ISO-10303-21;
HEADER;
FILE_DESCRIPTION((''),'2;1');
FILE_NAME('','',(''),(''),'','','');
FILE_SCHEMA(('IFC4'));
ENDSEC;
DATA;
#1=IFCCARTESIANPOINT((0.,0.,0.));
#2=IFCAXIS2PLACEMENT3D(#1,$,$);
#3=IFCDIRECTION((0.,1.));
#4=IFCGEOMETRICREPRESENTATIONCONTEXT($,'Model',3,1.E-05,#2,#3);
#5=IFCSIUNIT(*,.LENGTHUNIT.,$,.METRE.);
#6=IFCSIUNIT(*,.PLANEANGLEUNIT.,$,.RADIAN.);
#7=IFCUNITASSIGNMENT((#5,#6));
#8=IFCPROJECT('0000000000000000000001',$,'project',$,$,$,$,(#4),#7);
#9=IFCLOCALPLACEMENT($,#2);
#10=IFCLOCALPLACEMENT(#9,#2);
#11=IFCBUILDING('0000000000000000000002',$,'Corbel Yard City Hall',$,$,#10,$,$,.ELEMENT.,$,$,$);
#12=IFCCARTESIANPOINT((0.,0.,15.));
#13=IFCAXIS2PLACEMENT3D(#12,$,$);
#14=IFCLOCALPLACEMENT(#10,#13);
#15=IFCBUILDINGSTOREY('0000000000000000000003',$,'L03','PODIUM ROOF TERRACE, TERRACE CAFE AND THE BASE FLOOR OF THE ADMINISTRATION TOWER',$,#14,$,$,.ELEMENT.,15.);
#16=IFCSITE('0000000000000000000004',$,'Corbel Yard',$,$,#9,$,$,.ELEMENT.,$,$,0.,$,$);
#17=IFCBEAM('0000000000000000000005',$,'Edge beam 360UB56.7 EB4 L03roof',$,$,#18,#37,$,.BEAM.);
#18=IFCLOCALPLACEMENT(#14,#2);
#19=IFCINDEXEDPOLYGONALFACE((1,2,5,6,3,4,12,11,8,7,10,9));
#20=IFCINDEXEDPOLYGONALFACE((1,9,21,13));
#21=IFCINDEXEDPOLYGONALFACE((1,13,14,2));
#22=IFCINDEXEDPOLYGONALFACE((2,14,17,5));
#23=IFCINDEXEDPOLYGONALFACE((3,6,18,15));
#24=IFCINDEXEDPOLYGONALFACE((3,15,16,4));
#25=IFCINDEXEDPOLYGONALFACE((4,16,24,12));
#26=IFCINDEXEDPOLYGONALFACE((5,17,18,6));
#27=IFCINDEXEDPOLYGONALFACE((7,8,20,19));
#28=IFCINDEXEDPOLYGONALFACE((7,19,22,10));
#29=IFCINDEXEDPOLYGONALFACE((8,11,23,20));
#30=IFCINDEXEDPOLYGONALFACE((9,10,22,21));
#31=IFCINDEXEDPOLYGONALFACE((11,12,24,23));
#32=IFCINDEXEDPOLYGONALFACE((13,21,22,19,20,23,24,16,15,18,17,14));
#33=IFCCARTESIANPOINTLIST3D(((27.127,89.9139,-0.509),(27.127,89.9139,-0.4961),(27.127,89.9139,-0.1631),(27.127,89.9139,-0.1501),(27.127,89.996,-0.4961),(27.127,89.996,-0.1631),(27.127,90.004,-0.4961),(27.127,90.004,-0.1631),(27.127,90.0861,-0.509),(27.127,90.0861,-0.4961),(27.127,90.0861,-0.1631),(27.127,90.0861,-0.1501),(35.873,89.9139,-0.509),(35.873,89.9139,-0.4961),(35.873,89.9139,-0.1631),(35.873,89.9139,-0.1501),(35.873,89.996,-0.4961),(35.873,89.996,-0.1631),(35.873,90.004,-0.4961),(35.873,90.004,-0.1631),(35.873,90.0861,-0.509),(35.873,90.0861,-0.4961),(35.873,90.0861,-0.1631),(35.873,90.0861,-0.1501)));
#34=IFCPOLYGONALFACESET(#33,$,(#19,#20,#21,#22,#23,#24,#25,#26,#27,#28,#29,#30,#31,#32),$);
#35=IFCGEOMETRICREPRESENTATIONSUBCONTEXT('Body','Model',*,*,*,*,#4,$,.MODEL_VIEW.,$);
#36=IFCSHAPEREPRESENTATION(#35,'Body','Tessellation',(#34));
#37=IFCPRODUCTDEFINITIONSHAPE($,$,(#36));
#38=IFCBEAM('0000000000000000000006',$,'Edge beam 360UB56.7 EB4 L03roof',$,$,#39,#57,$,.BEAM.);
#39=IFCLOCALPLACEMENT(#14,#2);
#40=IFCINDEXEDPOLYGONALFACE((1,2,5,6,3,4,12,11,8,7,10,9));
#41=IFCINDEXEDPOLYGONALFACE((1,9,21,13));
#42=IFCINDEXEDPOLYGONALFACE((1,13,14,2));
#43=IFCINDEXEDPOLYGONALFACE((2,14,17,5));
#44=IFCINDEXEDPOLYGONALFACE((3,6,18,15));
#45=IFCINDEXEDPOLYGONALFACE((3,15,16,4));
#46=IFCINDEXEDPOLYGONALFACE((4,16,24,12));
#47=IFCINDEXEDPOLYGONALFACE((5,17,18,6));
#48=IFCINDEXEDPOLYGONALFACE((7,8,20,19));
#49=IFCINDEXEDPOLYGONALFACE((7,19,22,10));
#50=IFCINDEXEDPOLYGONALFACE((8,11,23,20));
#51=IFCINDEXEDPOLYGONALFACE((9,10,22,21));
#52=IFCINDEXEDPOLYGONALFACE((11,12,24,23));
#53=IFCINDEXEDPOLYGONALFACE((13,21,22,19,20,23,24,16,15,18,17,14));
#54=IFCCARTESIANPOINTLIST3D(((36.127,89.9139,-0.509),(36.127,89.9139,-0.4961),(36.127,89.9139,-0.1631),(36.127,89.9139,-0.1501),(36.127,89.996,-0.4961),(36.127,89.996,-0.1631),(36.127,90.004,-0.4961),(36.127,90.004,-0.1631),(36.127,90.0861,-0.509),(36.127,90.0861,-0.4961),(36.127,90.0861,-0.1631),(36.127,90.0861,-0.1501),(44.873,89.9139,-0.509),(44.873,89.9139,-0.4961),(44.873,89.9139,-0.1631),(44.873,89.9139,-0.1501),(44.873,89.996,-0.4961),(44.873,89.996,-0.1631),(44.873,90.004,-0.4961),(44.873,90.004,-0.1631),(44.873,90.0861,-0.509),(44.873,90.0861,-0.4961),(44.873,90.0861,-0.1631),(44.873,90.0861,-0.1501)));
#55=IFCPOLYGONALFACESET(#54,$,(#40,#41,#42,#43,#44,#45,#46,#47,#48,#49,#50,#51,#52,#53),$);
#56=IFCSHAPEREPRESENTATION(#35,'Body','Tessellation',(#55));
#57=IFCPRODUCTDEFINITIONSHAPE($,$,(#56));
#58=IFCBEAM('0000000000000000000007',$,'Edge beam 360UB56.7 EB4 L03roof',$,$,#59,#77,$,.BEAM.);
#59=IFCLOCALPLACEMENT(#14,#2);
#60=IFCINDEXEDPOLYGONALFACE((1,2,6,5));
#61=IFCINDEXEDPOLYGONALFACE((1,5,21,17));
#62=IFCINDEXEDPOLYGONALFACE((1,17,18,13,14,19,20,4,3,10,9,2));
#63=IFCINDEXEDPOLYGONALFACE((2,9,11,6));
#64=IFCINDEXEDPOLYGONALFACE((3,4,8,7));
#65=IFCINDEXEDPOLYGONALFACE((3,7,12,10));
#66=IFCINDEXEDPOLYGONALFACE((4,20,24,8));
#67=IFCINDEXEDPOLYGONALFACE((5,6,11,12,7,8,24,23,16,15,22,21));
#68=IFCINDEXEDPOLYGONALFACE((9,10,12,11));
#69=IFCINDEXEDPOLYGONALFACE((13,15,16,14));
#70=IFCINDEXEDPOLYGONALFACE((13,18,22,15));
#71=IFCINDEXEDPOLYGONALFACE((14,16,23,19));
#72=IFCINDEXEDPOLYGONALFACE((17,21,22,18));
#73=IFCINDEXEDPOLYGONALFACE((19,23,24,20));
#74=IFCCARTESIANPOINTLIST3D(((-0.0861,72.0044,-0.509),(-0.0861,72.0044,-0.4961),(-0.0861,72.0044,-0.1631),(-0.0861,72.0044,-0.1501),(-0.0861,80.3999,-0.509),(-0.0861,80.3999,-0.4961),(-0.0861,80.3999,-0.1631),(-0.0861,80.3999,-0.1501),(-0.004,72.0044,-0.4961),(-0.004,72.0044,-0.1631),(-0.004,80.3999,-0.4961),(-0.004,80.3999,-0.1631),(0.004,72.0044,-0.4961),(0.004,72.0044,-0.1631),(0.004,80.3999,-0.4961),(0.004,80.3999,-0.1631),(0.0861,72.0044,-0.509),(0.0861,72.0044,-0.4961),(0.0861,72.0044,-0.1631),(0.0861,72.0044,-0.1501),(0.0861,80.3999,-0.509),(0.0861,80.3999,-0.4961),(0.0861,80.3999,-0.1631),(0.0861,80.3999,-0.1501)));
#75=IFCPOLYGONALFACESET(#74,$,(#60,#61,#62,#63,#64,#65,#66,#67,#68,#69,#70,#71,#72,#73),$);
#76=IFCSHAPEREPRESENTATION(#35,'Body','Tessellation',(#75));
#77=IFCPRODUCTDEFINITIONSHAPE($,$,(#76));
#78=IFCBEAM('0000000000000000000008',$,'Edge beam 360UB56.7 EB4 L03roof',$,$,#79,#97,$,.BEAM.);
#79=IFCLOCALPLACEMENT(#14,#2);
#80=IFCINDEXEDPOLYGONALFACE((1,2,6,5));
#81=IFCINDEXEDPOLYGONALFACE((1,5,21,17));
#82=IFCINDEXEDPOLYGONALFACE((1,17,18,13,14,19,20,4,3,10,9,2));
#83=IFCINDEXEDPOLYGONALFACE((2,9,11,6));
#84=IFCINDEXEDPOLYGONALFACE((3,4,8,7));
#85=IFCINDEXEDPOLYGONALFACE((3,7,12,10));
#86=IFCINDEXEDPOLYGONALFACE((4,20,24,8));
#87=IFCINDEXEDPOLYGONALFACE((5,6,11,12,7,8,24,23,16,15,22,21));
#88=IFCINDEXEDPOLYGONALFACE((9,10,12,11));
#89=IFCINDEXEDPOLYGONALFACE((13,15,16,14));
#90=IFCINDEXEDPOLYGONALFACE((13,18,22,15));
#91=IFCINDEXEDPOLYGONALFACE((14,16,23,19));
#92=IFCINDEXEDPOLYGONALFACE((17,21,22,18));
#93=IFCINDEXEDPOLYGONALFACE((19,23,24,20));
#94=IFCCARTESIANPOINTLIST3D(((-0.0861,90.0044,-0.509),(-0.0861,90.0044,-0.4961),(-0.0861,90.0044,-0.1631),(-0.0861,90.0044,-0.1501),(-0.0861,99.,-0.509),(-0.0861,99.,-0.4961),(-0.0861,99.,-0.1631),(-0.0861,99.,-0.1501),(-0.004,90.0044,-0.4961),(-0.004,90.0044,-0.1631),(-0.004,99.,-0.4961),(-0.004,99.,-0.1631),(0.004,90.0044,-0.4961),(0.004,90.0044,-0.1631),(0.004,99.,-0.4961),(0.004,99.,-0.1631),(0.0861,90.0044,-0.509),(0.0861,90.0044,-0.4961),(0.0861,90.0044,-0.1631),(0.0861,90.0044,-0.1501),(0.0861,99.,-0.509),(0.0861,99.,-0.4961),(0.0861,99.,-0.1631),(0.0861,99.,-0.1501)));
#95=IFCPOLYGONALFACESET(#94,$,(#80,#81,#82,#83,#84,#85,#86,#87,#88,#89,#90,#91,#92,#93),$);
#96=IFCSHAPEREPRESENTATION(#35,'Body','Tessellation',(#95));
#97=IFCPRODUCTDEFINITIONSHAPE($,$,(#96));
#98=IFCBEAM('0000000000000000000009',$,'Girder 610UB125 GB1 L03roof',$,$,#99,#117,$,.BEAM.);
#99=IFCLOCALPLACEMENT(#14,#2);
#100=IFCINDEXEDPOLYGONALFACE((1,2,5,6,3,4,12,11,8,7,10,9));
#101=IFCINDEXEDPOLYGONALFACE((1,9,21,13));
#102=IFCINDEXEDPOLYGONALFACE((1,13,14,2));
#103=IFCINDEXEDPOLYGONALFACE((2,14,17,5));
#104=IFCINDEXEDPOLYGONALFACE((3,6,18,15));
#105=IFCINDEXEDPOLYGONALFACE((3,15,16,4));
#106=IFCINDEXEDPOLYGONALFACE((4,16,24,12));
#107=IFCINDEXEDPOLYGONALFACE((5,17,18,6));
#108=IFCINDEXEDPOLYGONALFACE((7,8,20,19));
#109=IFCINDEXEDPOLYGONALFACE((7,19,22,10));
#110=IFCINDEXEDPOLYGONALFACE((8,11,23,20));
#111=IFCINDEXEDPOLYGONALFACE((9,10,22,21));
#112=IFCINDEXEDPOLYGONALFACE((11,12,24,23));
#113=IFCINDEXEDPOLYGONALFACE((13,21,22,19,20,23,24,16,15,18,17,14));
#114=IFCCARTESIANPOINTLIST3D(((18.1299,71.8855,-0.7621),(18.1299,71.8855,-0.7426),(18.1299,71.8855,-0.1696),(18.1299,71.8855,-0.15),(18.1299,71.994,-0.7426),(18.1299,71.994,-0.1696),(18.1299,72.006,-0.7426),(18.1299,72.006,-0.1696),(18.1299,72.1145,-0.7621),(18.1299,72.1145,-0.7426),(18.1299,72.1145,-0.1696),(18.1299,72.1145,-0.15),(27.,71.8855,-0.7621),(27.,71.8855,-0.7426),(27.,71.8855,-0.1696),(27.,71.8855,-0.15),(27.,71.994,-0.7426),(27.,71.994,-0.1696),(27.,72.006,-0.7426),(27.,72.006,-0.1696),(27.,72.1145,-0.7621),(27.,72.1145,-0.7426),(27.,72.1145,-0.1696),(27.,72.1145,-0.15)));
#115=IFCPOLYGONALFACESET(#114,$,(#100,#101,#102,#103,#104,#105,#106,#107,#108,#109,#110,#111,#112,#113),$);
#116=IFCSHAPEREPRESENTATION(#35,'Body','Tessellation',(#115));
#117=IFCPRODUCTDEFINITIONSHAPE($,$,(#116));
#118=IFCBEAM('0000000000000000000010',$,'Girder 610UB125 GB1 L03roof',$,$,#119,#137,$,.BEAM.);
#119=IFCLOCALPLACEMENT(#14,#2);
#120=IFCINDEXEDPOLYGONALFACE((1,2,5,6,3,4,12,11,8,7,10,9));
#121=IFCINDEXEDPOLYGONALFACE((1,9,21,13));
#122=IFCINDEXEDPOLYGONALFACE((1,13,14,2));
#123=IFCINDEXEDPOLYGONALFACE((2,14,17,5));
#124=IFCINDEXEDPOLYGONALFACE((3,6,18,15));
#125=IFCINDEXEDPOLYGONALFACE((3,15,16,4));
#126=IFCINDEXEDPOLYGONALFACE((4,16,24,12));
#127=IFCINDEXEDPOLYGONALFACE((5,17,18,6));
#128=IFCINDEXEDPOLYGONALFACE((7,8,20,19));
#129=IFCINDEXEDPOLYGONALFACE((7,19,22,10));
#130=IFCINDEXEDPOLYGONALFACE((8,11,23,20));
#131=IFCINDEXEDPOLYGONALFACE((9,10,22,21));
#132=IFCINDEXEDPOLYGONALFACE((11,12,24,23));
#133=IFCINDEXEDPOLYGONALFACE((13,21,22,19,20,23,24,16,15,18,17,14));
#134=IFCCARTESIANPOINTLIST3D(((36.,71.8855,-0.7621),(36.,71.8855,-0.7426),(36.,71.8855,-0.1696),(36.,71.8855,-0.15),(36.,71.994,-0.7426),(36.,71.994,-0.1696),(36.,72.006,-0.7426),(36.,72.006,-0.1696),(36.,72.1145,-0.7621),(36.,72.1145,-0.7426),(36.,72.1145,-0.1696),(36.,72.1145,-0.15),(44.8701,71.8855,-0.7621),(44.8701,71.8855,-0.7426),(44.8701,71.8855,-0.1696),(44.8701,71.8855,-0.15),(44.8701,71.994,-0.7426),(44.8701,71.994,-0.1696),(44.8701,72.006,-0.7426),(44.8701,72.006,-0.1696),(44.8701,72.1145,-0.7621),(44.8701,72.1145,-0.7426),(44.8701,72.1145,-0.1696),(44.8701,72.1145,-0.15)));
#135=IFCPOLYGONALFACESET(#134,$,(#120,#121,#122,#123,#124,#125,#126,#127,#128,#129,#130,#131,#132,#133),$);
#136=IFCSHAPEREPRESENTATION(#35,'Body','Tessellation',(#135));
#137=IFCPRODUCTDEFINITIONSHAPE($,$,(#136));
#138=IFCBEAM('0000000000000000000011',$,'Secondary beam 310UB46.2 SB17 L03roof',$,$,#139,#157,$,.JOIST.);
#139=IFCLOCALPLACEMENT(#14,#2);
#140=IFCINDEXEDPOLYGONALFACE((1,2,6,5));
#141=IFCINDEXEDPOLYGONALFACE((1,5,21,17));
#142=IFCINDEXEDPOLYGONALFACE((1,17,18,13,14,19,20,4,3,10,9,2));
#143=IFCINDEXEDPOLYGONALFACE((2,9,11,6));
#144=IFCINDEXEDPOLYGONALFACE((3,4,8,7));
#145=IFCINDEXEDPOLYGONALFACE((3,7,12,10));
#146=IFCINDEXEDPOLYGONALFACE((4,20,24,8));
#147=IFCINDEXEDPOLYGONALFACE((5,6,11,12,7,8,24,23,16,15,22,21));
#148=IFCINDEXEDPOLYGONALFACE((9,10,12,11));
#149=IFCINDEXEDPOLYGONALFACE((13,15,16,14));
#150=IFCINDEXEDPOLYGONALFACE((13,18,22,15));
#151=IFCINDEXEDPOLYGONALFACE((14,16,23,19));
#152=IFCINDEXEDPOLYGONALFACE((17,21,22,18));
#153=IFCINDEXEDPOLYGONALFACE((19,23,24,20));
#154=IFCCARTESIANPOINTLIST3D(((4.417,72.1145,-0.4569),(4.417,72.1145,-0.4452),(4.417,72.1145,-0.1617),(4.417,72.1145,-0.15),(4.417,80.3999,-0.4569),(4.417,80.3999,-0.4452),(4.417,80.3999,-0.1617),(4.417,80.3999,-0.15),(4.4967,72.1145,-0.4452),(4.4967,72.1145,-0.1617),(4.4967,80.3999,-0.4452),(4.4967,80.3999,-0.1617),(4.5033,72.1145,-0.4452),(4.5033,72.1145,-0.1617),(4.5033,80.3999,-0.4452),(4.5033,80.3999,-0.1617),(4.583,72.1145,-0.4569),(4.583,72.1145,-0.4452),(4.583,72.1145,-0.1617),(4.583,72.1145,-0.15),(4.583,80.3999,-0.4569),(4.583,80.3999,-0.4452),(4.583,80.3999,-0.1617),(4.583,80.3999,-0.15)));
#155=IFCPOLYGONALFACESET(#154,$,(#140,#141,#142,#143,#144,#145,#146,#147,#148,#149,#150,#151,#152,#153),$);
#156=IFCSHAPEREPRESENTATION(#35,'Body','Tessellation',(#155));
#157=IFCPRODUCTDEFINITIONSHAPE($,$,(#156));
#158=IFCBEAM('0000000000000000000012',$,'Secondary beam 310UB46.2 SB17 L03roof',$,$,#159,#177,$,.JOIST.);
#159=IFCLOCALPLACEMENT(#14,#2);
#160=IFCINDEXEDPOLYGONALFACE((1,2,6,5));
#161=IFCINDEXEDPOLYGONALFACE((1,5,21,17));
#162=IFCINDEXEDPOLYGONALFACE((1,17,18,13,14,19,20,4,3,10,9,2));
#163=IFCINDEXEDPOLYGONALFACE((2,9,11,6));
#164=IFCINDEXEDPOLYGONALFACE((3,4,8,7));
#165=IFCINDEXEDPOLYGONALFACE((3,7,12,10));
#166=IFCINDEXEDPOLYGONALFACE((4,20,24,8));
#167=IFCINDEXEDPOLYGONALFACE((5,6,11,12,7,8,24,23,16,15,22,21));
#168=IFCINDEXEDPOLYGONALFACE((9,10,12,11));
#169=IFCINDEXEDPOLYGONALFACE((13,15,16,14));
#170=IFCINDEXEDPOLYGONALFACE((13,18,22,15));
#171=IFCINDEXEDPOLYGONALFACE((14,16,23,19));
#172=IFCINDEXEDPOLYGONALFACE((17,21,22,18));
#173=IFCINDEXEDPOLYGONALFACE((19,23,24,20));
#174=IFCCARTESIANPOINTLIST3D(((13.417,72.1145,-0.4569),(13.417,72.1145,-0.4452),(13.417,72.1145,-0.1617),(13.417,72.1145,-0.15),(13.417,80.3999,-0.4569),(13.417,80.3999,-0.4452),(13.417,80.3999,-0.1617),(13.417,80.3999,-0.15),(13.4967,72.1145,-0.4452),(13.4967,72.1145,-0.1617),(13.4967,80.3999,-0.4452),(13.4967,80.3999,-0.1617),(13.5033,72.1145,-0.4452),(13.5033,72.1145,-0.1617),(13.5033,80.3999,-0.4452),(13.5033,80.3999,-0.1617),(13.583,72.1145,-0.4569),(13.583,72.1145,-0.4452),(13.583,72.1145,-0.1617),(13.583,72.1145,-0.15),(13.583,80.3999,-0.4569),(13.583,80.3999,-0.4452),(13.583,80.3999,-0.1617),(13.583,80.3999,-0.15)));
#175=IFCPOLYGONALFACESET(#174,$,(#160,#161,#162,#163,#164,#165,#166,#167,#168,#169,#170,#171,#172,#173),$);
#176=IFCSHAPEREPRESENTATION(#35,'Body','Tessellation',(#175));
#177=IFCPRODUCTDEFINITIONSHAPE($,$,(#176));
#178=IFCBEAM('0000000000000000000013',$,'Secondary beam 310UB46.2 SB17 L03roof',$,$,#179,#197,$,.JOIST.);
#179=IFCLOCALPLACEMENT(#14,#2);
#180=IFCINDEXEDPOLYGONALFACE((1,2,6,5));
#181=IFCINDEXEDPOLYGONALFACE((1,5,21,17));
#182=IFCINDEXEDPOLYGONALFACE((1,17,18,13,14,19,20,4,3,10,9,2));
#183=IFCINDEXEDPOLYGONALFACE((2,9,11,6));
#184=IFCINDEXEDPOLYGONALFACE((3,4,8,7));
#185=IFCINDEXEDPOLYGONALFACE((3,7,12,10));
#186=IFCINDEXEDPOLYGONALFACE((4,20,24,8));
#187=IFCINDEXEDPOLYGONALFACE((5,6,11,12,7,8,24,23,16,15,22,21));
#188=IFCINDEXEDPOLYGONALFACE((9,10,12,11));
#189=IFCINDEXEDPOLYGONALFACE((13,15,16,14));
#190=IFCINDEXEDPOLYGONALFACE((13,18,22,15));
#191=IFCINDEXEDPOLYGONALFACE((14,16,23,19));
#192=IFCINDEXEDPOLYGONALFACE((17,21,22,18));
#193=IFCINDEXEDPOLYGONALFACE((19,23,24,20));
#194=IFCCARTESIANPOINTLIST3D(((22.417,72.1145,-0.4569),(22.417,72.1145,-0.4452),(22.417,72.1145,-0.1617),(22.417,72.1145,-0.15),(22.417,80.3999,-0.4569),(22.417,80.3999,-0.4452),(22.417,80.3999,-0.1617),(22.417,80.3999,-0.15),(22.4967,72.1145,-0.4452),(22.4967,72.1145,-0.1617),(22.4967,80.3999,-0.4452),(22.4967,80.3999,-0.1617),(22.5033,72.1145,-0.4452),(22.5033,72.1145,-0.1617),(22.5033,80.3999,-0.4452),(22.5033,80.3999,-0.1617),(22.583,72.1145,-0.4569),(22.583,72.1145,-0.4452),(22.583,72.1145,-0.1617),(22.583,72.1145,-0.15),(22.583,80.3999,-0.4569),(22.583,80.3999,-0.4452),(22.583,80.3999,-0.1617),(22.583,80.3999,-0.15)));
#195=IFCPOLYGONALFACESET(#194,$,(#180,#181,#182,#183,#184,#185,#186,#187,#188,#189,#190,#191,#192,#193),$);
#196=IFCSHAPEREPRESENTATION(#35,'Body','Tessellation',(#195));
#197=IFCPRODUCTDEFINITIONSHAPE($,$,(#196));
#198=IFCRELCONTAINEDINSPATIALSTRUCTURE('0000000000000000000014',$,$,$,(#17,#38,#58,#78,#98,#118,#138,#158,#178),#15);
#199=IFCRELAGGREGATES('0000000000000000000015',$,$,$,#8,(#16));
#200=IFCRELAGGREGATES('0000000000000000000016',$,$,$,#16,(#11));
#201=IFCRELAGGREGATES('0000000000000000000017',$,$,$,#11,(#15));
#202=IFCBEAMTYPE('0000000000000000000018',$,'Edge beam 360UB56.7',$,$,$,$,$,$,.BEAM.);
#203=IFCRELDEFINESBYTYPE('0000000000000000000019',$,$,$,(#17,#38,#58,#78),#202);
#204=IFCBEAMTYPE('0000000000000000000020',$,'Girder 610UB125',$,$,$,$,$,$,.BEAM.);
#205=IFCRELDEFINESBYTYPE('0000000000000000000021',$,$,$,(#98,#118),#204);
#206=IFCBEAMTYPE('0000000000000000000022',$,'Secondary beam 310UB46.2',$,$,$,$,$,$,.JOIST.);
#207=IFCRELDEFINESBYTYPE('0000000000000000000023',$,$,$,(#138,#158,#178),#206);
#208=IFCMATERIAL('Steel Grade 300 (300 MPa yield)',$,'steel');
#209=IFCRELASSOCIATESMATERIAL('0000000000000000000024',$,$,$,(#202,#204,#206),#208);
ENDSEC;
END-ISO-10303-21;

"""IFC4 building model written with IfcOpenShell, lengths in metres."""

from ifc_helpers import new_model, si_unit, direction, frame, origin, origin_2d, place, context, subcontext, project, spatial, i_section, extrude, material, material_profile, profile_set, type_object, element, save


model = new_model("IFC4")

# Units and contexts
model_context = context("Model", 3, precision=1e-05, world=origin(), true_north=direction((0.0, 1.0)))
body_context = subcontext(model_context, "Body", "Model", "MODEL_VIEW")
ifc_project = project(units=[si_unit("LENGTHUNIT", "METRE"), si_unit("PLANEANGLEUNIT", "RADIAN")], contexts=[model_context])

# Site, building, storey
site_placement = place(None, origin())
site = spatial("IfcSite", under=ifc_project, at=site_placement, Name="Corbel Yard", CompositionType="ELEMENT", RefElevation=0.0)
building_placement = place(site_placement, origin())
building = spatial("IfcBuilding", under=site, at=building_placement, Name="Corbel Yard City Hall", CompositionType="ELEMENT")
storey_placement = place(building_placement, frame((0.0, 0.0, 15.0)))
storey = spatial("IfcBuildingStorey", under=building, at=storey_placement, Name="L03", Description="PODIUM ROOF TERRACE, TERRACE CAFE AND THE BASE FLOOR OF THE ADMINISTRATION TOWER", CompositionType="ELEMENT", Elevation=15.0)

# Beams
ifc_material_1 = material(Name="Steel Grade 300 (300 MPa yield)", Category="steel")
ifc_material_profile_1 = material_profile(ifc_material_1, i_section(OverallWidth=0.1721, OverallDepth=0.3589, WebThickness=0.0081, FlangeThickness=0.0129, at=origin_2d()), Name="360UB56.7")
ifc_profile_set_1 = profile_set([ifc_material_profile_1], Name="Steel Grade 300 (300 MPa yield)")
beam_type_1 = type_object("IfcBeamType", Name="Edge beam 360UB56.7", PredefinedType="BEAM", material=ifc_profile_set_1)
for number, where, z_axis, x_axis, name in (
    (1, (27.127, 90.0, -0.3296), (1.0, 0.0, 0.0), (0.0, 1.0, 0.0), "Edge beam 360UB56.7 EB4 L03roof"),
    (2, (36.127, 90.0, -0.3296), (1.0, 0.0, 0.0), (0.0, 1.0, 0.0), "Edge beam 360UB56.7 EB4 L03roof"),
):
    element("IfcBeam", number, at=place(storey_placement, frame(where, z_axis=z_axis, x_axis=x_axis)), inside=storey, type_object=beam_type_1, Name=name, PredefinedType="BEAM", context=body_context, shape_type="SweptSolid", body=[
        extrude(i_section(OverallWidth=0.1721, OverallDepth=0.3589, WebThickness=0.0081, FlangeThickness=0.0129, at=origin_2d()), origin(), (0.0, 0.0, 1.0), 8.7461),
    ])
beam_1_placement = place(storey_placement, frame((0.0, 72.0044, -0.3296), z_axis=(0.0, 1.0, 0.0), x_axis=(-1.0, 0.0, 0.0)))
element("IfcBeam", 3, at=beam_1_placement, inside=storey, type_object=beam_type_1, Name="Edge beam 360UB56.7 EB4 L03roof", PredefinedType="BEAM", context=body_context, shape_type="SweptSolid", body=[
    extrude(i_section(OverallWidth=0.1721, OverallDepth=0.3589, WebThickness=0.0081, FlangeThickness=0.0129, at=origin_2d()), origin(), (0.0, 0.0, 1.0), 8.3955),
])
beam_2_placement = place(storey_placement, frame((0.0, 90.0044, -0.3296), z_axis=(0.0, 1.0, 0.0), x_axis=(-1.0, 0.0, 0.0)))
element("IfcBeam", 4, at=beam_2_placement, inside=storey, type_object=beam_type_1, Name="Edge beam 360UB56.7 EB4 L03roof", PredefinedType="BEAM", context=body_context, shape_type="SweptSolid", body=[
    extrude(i_section(OverallWidth=0.1721, OverallDepth=0.3589, WebThickness=0.0081, FlangeThickness=0.0129, at=origin_2d()), origin(), (0.0, 0.0, 1.0), 8.9956),
])
ifc_material_profile_2 = material_profile(ifc_material_1, i_section(OverallWidth=0.229, OverallDepth=0.6121, WebThickness=0.012, FlangeThickness=0.0195, at=origin_2d()), Name="610UB125")
ifc_profile_set_2 = profile_set([ifc_material_profile_2], Name="Steel Grade 300 (300 MPa yield)")
beam_type_2 = type_object("IfcBeamType", Name="Girder 610UB125", PredefinedType="BEAM", material=ifc_profile_set_2)
for number, where, z_axis, x_axis, name in (
    (5, (18.1299, 72.0, -0.4561), (1.0, 0.0, 0.0), (0.0, 1.0, 0.0), "Girder 610UB125 GB1 L03roof"),
    (6, (36.0, 72.0, -0.4561), (1.0, 0.0, 0.0), (0.0, 1.0, 0.0), "Girder 610UB125 GB1 L03roof"),
):
    element("IfcBeam", number, at=place(storey_placement, frame(where, z_axis=z_axis, x_axis=x_axis)), inside=storey, type_object=beam_type_2, Name=name, PredefinedType="BEAM", context=body_context, shape_type="SweptSolid", body=[
        extrude(i_section(OverallWidth=0.229, OverallDepth=0.6121, WebThickness=0.012, FlangeThickness=0.0195, at=origin_2d()), origin(), (0.0, 0.0, 1.0), 8.8701),
    ])
ifc_material_profile_3 = material_profile(ifc_material_1, i_section(OverallWidth=0.166, OverallDepth=0.3069, WebThickness=0.0066, FlangeThickness=0.0117, at=origin_2d()), Name="310UB46.2")
ifc_profile_set_3 = profile_set([ifc_material_profile_3], Name="Steel Grade 300 (300 MPa yield)")
beam_type_3 = type_object("IfcBeamType", Name="Secondary beam 310UB46.2", PredefinedType="JOIST", material=ifc_profile_set_3)
for number, where, z_axis, x_axis, name in (
    (7, (4.5, 72.1145, -0.3035), (0.0, 1.0, 0.0), (-1.0, 0.0, 0.0), "Secondary beam 310UB46.2 SB17 L03roof"),
    (8, (13.5, 72.1145, -0.3035), (0.0, 1.0, 0.0), (-1.0, 0.0, 0.0), "Secondary beam 310UB46.2 SB17 L03roof"),
    (9, (22.5, 72.1145, -0.3035), (0.0, 1.0, 0.0), (-1.0, 0.0, 0.0), "Secondary beam 310UB46.2 SB17 L03roof"),
):
    element("IfcBeam", number, at=place(storey_placement, frame(where, z_axis=z_axis, x_axis=x_axis)), inside=storey, type_object=beam_type_3, Name=name, PredefinedType="JOIST", context=body_context, shape_type="SweptSolid", body=[
        extrude(i_section(OverallWidth=0.166, OverallDepth=0.3069, WebThickness=0.0066, FlangeThickness=0.0117, at=origin_2d()), origin(), (0.0, 0.0, 1.0), 8.2854),
    ])

save(model, "model.ifc")
